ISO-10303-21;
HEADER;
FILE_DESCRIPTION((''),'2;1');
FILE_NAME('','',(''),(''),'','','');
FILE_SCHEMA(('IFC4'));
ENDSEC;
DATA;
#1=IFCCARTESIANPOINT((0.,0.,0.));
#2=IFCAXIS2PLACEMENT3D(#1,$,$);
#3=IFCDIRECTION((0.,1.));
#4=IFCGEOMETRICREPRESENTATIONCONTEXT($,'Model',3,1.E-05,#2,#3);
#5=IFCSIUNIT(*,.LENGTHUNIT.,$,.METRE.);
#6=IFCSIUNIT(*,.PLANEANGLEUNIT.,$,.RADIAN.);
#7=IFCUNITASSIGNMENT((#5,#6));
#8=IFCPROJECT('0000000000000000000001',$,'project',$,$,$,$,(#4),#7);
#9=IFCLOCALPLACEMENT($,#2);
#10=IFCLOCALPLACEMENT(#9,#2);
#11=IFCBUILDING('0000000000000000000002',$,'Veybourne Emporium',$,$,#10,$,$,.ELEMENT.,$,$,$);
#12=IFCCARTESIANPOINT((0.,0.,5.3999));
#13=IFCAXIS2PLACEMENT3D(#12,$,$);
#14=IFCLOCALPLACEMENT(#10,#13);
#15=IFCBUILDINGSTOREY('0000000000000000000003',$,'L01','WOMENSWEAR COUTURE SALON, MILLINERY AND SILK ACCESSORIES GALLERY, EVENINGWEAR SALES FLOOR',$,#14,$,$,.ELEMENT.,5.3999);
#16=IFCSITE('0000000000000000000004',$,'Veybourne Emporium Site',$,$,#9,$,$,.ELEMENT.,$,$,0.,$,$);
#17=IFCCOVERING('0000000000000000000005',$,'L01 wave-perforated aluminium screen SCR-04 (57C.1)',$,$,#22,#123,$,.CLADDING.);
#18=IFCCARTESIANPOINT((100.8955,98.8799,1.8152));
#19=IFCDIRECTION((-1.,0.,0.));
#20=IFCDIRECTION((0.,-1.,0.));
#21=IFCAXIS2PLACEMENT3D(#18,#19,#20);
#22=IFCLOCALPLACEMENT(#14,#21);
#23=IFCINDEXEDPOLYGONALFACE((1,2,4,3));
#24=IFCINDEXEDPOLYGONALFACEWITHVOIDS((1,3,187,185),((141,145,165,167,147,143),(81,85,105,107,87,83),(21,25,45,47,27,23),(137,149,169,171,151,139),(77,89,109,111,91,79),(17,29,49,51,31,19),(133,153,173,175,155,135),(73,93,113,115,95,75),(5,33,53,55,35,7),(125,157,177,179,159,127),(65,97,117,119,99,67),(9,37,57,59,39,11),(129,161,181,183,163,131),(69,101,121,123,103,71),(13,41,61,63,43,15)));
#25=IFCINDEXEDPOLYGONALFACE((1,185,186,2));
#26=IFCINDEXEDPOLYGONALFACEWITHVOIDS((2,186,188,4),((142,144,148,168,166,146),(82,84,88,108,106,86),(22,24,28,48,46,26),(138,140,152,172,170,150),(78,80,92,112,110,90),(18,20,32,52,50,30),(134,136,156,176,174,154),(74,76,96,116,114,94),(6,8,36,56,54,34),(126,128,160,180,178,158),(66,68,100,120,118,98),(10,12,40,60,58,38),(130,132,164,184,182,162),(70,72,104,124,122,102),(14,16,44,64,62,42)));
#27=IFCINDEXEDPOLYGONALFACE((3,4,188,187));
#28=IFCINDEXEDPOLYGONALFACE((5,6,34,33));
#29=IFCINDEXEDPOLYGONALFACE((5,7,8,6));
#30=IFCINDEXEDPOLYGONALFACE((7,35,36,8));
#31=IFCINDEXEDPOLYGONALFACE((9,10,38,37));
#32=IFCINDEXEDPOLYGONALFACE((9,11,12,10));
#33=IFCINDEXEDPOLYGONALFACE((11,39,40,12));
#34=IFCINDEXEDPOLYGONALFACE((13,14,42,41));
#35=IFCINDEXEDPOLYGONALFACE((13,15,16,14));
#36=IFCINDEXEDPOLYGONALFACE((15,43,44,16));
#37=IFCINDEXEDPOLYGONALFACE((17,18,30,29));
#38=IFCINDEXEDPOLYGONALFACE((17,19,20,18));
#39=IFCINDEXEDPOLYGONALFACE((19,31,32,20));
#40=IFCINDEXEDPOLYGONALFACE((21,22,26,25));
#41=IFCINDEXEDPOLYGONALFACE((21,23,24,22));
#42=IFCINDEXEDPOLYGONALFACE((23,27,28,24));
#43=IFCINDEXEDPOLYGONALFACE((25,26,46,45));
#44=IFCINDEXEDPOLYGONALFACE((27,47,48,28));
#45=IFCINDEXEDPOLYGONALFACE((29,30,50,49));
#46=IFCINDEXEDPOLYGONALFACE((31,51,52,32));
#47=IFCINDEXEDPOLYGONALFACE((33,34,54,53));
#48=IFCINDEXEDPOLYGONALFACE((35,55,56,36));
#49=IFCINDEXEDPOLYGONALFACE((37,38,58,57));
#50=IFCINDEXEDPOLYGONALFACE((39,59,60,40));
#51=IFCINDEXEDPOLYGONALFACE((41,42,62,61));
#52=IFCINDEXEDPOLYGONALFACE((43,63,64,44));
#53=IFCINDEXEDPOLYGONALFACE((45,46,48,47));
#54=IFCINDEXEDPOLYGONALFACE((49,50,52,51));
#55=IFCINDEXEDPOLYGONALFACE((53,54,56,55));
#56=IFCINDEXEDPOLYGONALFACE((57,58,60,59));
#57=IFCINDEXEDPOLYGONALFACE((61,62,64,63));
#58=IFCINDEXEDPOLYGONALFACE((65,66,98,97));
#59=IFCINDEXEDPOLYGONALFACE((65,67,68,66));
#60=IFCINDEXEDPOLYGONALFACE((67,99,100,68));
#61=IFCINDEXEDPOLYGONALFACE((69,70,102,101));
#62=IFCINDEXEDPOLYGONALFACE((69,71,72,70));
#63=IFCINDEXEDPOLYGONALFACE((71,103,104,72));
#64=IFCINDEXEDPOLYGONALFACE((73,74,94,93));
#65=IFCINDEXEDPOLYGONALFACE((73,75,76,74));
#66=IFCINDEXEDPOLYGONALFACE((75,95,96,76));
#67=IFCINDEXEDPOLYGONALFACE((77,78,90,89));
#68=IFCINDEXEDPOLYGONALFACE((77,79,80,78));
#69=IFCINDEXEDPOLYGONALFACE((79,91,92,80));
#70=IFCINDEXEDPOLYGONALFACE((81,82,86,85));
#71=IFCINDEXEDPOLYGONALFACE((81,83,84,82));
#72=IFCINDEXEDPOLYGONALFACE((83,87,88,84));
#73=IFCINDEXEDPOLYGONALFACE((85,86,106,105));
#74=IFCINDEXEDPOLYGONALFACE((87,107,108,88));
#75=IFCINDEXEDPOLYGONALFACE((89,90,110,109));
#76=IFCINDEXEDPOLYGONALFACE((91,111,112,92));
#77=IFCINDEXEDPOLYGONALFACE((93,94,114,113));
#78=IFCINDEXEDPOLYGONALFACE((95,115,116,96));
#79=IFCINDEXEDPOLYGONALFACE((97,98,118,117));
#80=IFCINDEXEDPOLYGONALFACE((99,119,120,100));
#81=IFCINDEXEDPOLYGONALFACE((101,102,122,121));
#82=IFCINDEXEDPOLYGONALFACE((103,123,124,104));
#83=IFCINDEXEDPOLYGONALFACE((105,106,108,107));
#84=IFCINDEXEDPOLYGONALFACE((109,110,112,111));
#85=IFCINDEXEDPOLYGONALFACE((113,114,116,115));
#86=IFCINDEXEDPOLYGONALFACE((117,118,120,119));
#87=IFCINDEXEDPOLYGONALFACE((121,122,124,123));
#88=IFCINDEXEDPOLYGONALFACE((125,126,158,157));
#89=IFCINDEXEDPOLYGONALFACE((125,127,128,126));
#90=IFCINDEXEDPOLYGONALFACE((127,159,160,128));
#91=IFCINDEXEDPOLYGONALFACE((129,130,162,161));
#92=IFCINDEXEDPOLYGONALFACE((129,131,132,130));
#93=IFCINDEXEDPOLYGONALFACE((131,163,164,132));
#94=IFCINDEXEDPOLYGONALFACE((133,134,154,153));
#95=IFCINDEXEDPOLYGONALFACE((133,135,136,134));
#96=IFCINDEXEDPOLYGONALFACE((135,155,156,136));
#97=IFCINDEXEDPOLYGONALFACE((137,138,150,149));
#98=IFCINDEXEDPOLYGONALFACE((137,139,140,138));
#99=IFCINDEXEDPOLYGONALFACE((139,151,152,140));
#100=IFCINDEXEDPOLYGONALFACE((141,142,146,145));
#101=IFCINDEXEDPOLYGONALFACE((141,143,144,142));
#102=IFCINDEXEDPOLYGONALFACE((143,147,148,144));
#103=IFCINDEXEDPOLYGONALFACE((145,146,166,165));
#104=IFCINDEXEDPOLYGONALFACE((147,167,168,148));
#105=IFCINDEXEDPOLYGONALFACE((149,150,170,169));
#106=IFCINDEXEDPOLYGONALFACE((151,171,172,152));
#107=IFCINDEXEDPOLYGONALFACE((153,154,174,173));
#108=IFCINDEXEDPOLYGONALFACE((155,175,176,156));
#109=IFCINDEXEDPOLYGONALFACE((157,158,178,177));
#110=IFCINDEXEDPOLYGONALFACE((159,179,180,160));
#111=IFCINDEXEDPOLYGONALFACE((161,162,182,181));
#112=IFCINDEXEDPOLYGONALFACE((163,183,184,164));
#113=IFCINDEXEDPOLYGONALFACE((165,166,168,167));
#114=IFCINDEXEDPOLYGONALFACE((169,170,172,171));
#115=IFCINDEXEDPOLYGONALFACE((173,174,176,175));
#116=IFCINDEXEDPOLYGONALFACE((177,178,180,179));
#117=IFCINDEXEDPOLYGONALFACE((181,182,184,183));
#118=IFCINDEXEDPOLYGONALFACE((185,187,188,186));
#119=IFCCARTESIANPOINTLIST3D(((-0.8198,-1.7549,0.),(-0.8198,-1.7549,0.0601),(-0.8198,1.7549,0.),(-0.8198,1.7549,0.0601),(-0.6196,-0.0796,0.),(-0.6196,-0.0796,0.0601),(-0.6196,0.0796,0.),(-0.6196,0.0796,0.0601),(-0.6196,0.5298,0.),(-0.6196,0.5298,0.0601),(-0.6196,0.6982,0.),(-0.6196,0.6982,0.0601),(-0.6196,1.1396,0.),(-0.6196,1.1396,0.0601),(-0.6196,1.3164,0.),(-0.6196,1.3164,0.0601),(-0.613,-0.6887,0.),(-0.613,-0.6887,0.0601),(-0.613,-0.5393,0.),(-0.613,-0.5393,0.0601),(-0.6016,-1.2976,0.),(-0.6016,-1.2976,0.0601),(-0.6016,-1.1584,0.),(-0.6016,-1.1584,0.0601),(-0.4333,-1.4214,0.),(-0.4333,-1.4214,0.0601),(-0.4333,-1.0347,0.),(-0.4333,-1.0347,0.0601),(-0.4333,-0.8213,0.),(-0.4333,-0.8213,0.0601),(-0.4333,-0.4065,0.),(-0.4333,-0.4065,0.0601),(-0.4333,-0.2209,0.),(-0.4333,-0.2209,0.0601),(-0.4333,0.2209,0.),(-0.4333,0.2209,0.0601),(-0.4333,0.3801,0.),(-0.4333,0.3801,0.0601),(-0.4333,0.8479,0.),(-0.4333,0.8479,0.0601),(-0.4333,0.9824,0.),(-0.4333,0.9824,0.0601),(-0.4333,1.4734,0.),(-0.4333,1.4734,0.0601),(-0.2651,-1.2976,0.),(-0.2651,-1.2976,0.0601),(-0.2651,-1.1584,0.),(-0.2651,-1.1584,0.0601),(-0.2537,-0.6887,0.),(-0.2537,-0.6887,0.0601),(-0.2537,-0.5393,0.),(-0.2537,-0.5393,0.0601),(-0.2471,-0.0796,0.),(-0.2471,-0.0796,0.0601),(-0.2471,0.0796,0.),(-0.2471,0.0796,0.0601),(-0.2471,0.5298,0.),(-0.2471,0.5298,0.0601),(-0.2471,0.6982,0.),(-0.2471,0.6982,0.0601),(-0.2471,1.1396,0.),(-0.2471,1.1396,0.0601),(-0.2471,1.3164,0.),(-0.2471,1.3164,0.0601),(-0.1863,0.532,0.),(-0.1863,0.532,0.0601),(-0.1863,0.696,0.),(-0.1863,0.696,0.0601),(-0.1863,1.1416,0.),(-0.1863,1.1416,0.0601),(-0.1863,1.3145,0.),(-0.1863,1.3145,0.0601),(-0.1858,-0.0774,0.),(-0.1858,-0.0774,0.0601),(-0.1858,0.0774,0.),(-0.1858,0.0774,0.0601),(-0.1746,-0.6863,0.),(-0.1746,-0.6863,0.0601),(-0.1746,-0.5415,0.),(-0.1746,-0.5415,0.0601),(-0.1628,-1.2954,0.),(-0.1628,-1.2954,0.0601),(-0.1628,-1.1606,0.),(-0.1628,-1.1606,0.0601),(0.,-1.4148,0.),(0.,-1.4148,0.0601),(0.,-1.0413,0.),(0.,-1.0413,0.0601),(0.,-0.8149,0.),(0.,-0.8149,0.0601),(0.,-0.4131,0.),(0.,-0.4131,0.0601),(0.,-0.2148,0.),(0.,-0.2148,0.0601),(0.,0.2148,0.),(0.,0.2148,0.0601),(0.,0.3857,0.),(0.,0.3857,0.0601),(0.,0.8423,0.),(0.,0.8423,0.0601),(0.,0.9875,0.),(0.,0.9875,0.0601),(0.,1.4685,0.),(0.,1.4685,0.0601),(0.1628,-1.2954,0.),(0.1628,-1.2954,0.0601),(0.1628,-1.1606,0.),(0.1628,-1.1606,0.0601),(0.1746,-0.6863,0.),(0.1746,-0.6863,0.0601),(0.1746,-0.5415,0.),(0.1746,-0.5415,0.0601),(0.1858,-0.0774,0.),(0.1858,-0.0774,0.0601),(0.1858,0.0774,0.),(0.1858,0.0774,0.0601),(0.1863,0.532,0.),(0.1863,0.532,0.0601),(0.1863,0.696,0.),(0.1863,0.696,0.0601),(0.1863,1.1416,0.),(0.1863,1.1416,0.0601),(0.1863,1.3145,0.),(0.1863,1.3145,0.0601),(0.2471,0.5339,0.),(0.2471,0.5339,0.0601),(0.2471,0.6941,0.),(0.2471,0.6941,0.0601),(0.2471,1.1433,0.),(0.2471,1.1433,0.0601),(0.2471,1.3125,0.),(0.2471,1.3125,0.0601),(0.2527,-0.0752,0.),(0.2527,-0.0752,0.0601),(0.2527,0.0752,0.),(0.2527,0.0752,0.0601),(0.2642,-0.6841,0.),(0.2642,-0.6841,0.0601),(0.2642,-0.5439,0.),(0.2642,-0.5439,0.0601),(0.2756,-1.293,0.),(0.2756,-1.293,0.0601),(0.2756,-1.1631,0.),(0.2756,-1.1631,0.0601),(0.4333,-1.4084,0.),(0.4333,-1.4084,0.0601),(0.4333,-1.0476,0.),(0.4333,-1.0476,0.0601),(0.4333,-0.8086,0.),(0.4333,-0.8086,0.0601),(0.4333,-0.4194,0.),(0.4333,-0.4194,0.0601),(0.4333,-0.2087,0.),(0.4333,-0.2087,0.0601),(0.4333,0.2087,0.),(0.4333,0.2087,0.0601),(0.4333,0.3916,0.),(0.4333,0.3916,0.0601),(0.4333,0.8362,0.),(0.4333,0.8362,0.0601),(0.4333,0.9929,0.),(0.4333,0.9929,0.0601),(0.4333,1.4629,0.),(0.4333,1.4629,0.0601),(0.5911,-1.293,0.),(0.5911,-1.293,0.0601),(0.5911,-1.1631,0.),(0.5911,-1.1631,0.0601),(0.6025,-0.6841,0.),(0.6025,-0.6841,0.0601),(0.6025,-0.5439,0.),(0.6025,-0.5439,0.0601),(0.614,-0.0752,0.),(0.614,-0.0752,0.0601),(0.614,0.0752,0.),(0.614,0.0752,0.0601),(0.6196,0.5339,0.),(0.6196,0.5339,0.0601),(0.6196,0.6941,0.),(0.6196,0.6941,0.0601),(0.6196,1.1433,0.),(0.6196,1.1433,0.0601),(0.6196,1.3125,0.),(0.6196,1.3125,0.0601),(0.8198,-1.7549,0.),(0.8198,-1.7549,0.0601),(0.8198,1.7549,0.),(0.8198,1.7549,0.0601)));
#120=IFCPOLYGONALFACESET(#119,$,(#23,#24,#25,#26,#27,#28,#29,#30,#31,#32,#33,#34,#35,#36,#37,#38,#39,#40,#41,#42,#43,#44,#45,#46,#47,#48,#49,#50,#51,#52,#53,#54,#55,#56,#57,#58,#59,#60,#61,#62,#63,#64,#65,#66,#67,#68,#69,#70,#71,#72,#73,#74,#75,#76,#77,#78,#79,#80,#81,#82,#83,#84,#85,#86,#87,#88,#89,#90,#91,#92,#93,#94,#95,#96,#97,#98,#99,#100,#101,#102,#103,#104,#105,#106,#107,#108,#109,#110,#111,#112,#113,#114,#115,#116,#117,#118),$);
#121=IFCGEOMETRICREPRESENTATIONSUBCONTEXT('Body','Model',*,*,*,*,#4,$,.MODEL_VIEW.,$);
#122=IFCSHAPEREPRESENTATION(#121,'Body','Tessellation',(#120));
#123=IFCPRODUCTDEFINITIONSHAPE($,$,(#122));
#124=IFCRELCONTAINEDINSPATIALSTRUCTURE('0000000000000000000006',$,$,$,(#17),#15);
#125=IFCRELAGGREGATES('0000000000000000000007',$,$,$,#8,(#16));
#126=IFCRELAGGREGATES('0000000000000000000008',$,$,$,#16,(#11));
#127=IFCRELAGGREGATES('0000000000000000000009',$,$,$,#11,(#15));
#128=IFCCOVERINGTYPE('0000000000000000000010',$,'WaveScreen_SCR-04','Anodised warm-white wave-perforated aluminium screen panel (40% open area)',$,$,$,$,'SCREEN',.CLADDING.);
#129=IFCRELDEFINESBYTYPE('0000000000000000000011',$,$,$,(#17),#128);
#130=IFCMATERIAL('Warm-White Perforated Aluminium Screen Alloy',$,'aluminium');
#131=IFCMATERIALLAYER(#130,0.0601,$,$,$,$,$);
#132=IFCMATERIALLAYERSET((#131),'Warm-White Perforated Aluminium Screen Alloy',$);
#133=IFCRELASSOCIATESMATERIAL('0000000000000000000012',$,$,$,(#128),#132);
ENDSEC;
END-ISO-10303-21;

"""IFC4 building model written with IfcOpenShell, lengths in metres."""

from ifc_helpers import new_model, si_unit, direction, frame, origin, place, context, subcontext, project, spatial, polyline, outline, extrude, material, layer, layer_set, type_object, element, save


model = new_model("IFC4")

# Units and contexts
model_context = context("Model", 3, precision=1e-05, world=origin(), true_north=direction((0.0, 1.0)))
body_context = subcontext(model_context, "Body", "Model", "MODEL_VIEW")
ifc_project = project(units=[si_unit("LENGTHUNIT", "METRE"), si_unit("PLANEANGLEUNIT", "RADIAN")], contexts=[model_context])

# Site, building, storey
site_placement = place(None, origin())
site = spatial("IfcSite", under=ifc_project, at=site_placement, Name="Veybourne Emporium Site", CompositionType="ELEMENT", RefElevation=0.0)
building_placement = place(site_placement, origin())
building = spatial("IfcBuilding", under=site, at=building_placement, Name="Veybourne Emporium", CompositionType="ELEMENT")
storey_placement = place(building_placement, frame((0.0, 0.0, 5.3999)))
storey = spatial("IfcBuildingStorey", under=building, at=storey_placement, Name="L01", Description="WOMENSWEAR COUTURE SALON, MILLINERY AND SILK ACCESSORIES GALLERY, EVENINGWEAR SALES FLOOR", CompositionType="ELEMENT", Elevation=5.3999)

# Covering
ifc_material_1 = material(Name="Warm-White Perforated Aluminium Screen Alloy", Category="aluminium")
ifc_layer_1 = layer(ifc_material_1, 0.0601)
ifc_layer_set_1 = layer_set([ifc_layer_1], Name="Warm-White Perforated Aluminium Screen Alloy")
covering_type_1 = type_object("IfcCoveringType", Name="WaveScreen_SCR-04", Description="Anodised warm-white wave-perforated aluminium screen panel (40% open area)", ElementType="SCREEN", PredefinedType="CLADDING", material=ifc_layer_set_1)
covering_1_placement = place(storey_placement, frame((100.8955, 98.8799, 1.8152), z_axis=(-1.0, 0.0, 0.0), x_axis=(0.0, -1.0, 0.0)))
element("IfcCovering", 1, at=covering_1_placement, inside=storey, type_object=covering_type_1, Name="L01 wave-perforated aluminium screen SCR-04 (57C.1)", PredefinedType="CLADDING", context=body_context, shape_type="SweptSolid", body=[
    extrude(outline(polyline([(-0.8198, -1.7549), (0.8198, -1.7549), (0.8198, 1.7549), (-0.8198, 1.7549), (-0.8198, -1.7549)]), holes=[polyline([(-0.4333, -1.0347), (-0.2651, -1.1584), (-0.2651, -1.2976), (-0.4333, -1.4214), (-0.6016, -1.2976), (-0.6016, -1.1584), (-0.4333, -1.0347)]), polyline([(-0.4333, -0.4065), (-0.2537, -0.5393), (-0.2537, -0.6887), (-0.4333, -0.8213), (-0.613, -0.6887), (-0.613, -0.5393), (-0.4333, -0.4065)]), polyline([(-0.4333, 0.2209), (-0.2471, 0.0796), (-0.2471, -0.0796), (-0.4333, -0.2209), (-0.6196, -0.0796), (-0.6196, 0.0796), (-0.4333, 0.2209)]), polyline([(-0.4333, 0.8479), (-0.2471, 0.6982), (-0.2471, 0.5298), (-0.4333, 0.3801), (-0.6196, 0.5298), (-0.6196, 0.6982), (-0.4333, 0.8479)]), polyline([(-0.4333, 1.4734), (-0.2471, 1.3164), (-0.2471, 1.1396), (-0.4333, 0.9824), (-0.6196, 1.1396), (-0.6196, 1.3164), (-0.4333, 1.4734)]), polyline([(0.0, -1.0413), (0.1628, -1.1606), (0.1628, -1.2954), (0.0, -1.4148), (-0.1628, -1.2954), (-0.1628, -1.1606), (0.0, -1.0413)]), polyline([(0.0, -0.4131), (0.1746, -0.5415), (0.1746, -0.6863), (0.0, -0.8149), (-0.1746, -0.6863), (-0.1746, -0.5415), (0.0, -0.4131)]), polyline([(0.0, 0.2148), (0.1858, 0.0774), (0.1858, -0.0774), (0.0, -0.2148), (-0.1858, -0.0774), (-0.1858, 0.0774), (0.0, 0.2148)]), polyline([(0.0, 0.8423), (0.1863, 0.696), (0.1863, 0.532), (0.0, 0.3857), (-0.1863, 0.532), (-0.1863, 0.696), (0.0, 0.8423)]), polyline([(0.0, 1.4685), (0.1863, 1.3145), (0.1863, 1.1416), (0.0, 0.9875), (-0.1863, 1.1416), (-0.1863, 1.3145), (0.0, 1.4685)]), polyline([(0.4333, -1.0476), (0.5911, -1.1631), (0.5911, -1.293), (0.4333, -1.4084), (0.2756, -1.293), (0.2756, -1.1631), (0.4333, -1.0476)]), polyline([(0.4333, -0.4194), (0.6025, -0.5439), (0.6025, -0.6841), (0.4333, -0.8086), (0.2642, -0.6841), (0.2642, -0.5439), (0.4333, -0.4194)]), polyline([(0.4333, 0.2087), (0.614, 0.0752), (0.614, -0.0752), (0.4333, -0.2087), (0.2527, -0.0752), (0.2527, 0.0752), (0.4333, 0.2087)]), polyline([(0.4333, 0.8362), (0.6196, 0.6941), (0.6196, 0.5339), (0.4333, 0.3916), (0.2471, 0.5339), (0.2471, 0.6941), (0.4333, 0.8362)]), polyline([(0.4333, 1.4629), (0.6196, 1.3125), (0.6196, 1.1433), (0.4333, 0.9929), (0.2471, 1.1433), (0.2471, 1.3125), (0.4333, 1.4629)])]), origin(), (0.0, 0.0, 1.0), 0.0601),
])

save(model, "model.ifc")
